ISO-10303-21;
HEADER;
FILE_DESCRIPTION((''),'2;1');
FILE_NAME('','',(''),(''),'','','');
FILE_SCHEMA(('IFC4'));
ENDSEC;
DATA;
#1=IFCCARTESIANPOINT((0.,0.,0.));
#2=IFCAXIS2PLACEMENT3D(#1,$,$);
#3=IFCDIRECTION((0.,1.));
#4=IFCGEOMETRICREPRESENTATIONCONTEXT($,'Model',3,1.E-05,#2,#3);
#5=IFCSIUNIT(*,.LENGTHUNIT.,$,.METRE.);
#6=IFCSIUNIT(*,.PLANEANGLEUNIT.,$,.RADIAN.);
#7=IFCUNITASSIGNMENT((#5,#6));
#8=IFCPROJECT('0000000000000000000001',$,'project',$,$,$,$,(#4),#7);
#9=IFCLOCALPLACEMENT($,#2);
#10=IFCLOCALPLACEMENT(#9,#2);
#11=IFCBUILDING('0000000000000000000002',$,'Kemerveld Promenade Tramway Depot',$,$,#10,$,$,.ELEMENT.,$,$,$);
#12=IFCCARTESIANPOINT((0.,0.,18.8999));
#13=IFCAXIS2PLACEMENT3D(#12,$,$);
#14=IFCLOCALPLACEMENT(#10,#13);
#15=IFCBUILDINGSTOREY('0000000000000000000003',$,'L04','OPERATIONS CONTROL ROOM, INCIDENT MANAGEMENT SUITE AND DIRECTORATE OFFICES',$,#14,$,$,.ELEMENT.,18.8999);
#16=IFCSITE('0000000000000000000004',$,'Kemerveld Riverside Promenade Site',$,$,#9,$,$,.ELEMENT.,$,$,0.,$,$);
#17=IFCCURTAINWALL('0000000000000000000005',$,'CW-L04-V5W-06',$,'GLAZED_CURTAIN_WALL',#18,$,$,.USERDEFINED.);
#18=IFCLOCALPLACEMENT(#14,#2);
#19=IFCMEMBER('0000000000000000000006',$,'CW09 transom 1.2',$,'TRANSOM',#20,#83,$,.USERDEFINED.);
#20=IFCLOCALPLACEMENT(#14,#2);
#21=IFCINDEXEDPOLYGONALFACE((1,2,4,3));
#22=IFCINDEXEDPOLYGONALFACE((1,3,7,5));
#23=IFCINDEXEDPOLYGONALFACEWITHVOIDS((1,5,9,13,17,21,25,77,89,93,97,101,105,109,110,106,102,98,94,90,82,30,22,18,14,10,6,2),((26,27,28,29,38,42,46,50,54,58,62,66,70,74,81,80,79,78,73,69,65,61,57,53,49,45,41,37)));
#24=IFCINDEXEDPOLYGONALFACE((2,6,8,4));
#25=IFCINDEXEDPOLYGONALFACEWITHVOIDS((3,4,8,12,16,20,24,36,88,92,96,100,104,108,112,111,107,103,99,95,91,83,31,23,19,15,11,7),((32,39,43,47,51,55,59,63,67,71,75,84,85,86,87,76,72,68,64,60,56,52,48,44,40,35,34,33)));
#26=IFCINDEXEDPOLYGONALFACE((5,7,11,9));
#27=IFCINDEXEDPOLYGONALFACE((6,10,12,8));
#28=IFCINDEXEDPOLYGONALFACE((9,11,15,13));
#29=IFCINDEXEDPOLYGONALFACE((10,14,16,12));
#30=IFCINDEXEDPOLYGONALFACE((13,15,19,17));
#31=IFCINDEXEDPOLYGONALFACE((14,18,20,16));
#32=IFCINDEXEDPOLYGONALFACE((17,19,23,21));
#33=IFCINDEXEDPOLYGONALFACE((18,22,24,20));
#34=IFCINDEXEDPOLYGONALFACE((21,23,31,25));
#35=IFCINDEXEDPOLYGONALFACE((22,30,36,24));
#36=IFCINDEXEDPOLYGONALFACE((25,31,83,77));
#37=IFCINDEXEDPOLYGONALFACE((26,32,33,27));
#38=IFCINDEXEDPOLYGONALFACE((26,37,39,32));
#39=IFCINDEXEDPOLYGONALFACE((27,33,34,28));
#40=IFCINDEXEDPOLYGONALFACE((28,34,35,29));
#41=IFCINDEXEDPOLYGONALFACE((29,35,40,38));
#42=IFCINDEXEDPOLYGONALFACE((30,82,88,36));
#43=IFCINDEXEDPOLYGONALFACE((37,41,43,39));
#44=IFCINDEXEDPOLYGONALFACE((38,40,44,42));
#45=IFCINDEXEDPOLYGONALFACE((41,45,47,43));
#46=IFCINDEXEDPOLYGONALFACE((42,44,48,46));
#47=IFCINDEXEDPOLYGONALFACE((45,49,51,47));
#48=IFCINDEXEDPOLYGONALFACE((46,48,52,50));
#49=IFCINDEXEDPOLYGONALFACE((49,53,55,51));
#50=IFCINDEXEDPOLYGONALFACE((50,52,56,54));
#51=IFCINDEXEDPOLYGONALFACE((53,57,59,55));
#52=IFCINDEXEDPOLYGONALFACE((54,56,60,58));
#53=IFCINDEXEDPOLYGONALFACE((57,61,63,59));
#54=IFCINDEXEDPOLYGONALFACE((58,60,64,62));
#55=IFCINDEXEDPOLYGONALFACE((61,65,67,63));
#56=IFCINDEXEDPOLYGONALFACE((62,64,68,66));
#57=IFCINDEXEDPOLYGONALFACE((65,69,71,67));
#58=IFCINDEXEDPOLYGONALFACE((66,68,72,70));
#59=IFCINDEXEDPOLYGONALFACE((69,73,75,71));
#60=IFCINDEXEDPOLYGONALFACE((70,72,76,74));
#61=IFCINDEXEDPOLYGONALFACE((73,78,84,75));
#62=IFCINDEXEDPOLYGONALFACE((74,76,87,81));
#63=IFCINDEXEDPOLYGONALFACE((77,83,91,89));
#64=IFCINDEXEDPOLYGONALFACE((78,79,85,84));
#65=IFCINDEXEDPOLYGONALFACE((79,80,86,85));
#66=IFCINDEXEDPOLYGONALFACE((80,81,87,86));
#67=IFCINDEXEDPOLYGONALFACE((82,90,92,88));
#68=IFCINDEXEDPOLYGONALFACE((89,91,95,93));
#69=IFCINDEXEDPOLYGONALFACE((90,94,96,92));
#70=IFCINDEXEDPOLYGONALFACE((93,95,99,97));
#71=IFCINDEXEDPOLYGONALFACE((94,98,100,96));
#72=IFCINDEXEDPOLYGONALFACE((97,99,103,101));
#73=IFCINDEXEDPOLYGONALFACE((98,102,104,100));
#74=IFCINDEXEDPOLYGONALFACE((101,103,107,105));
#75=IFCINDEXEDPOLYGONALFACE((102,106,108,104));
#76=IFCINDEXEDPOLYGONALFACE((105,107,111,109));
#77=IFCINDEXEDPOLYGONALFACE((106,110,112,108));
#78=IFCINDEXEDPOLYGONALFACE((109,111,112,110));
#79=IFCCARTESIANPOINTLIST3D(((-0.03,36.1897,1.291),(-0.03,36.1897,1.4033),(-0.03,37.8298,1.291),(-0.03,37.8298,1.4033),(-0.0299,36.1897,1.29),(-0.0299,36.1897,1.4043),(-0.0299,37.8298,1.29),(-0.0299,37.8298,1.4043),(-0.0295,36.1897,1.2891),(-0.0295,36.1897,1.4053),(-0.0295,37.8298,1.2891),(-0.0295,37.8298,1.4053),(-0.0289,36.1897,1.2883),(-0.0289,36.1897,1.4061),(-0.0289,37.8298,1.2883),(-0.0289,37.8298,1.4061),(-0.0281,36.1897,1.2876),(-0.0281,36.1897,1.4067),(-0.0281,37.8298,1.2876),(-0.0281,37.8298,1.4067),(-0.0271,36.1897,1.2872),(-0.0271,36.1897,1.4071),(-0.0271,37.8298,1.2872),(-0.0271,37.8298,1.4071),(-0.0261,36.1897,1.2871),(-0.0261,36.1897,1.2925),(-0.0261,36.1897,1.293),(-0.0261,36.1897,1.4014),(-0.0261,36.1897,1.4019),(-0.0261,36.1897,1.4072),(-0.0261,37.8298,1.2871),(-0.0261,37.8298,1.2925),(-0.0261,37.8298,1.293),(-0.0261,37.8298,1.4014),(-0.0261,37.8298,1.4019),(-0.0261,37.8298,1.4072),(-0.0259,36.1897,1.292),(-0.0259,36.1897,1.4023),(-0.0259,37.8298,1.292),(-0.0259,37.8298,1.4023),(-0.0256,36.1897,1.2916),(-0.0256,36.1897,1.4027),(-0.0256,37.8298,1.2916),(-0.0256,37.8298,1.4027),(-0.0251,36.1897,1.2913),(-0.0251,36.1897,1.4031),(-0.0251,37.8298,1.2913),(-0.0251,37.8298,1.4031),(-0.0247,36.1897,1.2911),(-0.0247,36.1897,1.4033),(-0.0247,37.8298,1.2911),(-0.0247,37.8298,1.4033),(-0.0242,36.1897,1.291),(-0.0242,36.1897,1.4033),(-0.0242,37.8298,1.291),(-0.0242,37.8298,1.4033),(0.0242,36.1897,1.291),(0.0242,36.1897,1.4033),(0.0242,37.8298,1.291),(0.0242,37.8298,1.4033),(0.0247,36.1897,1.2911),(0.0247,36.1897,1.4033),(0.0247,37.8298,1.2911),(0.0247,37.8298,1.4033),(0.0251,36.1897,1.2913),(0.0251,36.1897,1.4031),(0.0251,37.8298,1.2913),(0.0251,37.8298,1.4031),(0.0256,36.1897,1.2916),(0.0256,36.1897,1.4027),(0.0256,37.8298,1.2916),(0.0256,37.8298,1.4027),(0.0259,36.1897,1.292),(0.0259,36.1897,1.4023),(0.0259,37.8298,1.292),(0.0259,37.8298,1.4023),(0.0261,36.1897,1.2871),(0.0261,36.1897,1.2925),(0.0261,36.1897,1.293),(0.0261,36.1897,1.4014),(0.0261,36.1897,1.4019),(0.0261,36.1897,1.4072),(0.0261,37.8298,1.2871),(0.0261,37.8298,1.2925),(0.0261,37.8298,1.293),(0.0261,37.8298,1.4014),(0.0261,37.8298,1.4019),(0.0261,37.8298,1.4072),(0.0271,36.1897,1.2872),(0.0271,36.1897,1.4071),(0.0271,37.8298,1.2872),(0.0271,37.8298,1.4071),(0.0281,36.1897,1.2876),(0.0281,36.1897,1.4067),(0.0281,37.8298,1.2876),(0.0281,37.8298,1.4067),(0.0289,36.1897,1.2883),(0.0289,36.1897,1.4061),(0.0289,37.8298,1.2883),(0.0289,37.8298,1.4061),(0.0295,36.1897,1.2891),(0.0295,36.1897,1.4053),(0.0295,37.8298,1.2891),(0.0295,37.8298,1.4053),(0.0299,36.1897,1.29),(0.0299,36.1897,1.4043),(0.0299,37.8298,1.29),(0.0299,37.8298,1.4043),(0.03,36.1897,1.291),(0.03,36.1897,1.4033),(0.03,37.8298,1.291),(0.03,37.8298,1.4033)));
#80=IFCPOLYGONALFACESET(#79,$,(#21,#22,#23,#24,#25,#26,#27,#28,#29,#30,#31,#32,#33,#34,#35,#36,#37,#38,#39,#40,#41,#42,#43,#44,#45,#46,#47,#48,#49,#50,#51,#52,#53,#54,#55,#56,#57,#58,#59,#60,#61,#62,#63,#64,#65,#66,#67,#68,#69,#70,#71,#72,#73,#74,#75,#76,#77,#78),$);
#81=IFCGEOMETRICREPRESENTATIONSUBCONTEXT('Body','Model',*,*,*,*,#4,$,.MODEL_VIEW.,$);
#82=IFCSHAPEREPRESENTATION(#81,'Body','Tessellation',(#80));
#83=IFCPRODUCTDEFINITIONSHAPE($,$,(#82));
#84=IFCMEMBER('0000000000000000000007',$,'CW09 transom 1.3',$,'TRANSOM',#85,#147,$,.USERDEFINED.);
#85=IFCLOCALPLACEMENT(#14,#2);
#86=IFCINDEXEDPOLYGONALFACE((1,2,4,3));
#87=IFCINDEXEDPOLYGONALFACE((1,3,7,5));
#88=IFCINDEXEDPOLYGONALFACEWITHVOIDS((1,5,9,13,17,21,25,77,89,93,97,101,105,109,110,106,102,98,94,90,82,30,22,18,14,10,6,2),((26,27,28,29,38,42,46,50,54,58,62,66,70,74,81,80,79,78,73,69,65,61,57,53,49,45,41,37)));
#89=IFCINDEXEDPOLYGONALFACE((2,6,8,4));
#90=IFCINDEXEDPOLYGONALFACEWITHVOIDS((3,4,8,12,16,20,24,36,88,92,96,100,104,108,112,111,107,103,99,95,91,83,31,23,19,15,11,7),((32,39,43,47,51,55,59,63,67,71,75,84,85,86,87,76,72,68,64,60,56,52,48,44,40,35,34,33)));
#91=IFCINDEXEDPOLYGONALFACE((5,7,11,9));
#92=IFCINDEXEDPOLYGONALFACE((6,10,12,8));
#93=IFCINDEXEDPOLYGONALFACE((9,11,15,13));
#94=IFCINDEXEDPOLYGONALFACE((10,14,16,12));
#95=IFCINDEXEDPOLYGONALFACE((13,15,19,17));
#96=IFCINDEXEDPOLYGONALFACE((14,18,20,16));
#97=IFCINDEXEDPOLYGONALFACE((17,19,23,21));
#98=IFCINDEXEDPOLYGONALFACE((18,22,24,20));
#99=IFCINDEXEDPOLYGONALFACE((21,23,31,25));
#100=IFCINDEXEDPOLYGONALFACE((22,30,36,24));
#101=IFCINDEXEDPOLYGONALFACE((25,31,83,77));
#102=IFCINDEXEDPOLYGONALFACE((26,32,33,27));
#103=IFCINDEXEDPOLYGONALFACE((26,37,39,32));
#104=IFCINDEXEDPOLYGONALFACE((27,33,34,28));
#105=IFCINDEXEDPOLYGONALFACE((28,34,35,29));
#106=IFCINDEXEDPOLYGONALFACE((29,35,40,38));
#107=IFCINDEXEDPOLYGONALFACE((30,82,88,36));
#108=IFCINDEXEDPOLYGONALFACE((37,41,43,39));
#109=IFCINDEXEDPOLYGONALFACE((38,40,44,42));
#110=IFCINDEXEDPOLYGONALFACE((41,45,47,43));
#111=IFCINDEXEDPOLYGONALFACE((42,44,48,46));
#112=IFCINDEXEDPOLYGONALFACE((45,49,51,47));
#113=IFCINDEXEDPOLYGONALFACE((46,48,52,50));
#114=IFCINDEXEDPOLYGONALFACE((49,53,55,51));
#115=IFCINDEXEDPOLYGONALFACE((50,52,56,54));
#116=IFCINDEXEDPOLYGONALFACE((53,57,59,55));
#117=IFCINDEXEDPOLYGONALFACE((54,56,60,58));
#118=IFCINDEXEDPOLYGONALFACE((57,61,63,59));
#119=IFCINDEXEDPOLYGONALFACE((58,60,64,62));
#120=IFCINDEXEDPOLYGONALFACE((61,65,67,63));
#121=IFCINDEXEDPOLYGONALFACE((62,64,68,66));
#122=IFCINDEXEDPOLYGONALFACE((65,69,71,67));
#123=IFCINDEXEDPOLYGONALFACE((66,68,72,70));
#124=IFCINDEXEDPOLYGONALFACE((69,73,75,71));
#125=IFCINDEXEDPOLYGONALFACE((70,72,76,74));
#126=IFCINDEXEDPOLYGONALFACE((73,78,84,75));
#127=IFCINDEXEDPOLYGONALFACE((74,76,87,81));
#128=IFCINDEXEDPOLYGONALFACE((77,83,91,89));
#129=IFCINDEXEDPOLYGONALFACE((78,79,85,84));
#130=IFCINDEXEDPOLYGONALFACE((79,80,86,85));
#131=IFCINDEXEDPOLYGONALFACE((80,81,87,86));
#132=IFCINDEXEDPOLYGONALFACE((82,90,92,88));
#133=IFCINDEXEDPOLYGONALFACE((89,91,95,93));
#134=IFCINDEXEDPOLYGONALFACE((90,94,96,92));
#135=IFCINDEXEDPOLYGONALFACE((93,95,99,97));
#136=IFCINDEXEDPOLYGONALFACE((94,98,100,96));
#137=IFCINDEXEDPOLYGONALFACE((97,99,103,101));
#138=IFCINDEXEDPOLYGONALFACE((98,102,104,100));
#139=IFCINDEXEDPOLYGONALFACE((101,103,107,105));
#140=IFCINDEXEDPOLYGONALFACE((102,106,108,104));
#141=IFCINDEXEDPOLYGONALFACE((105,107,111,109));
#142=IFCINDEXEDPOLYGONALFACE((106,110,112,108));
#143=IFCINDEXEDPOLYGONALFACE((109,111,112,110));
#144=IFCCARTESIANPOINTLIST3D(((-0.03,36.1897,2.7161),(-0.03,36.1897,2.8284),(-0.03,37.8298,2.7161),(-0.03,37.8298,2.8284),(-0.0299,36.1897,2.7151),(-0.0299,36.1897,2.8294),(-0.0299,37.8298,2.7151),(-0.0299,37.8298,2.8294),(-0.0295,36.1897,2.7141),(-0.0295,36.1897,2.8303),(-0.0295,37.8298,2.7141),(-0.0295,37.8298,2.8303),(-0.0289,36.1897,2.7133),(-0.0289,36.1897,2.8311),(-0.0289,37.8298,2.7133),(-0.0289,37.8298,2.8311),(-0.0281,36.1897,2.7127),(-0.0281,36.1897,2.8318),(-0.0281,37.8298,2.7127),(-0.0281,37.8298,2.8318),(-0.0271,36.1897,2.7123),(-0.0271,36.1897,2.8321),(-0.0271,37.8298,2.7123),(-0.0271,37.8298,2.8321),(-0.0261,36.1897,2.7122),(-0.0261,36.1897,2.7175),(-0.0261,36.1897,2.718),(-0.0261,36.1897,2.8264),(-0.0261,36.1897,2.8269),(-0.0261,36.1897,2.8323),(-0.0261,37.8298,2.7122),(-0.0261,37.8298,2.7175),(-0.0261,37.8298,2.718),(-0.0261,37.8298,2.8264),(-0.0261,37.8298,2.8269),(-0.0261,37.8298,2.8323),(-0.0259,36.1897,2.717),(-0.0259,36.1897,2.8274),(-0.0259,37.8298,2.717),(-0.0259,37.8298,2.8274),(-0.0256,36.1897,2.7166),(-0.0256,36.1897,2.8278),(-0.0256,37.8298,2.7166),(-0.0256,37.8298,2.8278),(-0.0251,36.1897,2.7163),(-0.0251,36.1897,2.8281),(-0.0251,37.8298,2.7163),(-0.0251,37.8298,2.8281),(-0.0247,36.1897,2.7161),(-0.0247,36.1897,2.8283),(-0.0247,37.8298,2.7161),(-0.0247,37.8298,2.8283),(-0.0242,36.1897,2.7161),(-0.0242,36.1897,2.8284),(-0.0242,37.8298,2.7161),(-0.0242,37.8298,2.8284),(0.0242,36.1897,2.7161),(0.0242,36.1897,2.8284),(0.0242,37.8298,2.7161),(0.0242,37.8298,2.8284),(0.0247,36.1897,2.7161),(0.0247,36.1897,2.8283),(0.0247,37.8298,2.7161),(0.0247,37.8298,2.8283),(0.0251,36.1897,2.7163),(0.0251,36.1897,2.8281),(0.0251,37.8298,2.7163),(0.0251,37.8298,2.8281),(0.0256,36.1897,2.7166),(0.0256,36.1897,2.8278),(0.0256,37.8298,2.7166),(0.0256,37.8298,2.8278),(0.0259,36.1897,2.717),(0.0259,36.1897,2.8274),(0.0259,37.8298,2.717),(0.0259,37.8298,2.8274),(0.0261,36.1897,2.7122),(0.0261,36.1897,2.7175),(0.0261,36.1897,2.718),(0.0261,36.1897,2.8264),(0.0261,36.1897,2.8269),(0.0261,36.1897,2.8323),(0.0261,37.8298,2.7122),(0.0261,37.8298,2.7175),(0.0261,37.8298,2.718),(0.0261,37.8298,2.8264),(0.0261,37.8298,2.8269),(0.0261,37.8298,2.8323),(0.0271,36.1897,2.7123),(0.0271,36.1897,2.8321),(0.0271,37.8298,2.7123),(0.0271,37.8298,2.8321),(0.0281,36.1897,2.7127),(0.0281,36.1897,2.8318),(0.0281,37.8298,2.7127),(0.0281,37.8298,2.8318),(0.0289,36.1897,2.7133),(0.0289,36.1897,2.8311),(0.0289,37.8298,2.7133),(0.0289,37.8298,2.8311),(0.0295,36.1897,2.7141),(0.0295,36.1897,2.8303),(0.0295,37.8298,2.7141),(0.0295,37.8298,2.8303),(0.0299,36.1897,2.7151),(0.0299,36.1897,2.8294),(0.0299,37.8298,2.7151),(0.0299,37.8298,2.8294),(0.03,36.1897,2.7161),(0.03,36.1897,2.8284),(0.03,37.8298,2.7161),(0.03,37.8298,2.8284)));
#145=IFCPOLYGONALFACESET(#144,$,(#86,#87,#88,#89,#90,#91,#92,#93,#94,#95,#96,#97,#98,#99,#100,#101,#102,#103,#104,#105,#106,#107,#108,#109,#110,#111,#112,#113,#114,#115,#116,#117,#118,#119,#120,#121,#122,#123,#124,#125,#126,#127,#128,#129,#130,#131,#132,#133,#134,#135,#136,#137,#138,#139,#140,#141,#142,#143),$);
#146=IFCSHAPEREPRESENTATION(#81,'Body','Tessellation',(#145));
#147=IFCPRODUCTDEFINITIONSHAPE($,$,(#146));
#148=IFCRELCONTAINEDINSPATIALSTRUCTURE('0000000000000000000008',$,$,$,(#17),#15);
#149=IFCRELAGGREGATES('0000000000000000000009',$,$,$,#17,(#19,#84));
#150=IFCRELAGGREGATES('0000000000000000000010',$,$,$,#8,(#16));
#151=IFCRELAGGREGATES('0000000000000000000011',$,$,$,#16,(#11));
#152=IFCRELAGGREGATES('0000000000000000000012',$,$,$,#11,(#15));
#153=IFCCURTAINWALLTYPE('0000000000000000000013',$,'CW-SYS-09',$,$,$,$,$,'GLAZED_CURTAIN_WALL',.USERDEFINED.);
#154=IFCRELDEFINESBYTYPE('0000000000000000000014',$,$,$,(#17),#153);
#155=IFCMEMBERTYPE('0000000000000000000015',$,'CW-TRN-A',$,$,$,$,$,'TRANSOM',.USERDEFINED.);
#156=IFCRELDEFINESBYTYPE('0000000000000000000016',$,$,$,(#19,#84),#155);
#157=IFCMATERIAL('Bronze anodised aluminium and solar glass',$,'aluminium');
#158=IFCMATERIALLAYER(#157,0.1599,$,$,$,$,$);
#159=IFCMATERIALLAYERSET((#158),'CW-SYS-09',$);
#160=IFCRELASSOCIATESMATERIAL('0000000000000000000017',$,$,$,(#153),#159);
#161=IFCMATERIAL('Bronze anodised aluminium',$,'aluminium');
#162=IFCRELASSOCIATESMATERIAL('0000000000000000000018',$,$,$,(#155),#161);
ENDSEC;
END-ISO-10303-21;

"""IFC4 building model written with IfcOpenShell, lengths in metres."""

from ifc_helpers import new_model, si_unit, direction, frame, origin, origin_2d, place, context, subcontext, project, spatial, hollow_rectangle, extrude, material, layer, layer_set, material_profile, profile_set, type_object, element, aggregate, save


model = new_model("IFC4")

# Units and contexts
model_context = context("Model", 3, precision=1e-05, world=origin(), true_north=direction((0.0, 1.0)))
body_context = subcontext(model_context, "Body", "Model", "MODEL_VIEW")
ifc_project = project(units=[si_unit("LENGTHUNIT", "METRE"), si_unit("PLANEANGLEUNIT", "RADIAN")], contexts=[model_context])

# Site, building, storey
site_placement = place(None, origin())
site = spatial("IfcSite", under=ifc_project, at=site_placement, Name="Kemerveld Riverside Promenade Site", CompositionType="ELEMENT", RefElevation=0.0)
building_placement = place(site_placement, origin())
building = spatial("IfcBuilding", under=site, at=building_placement, Name="Kemerveld Promenade Tramway Depot", CompositionType="ELEMENT")
storey_placement = place(building_placement, frame((0.0, 0.0, 18.8999)))
storey = spatial("IfcBuildingStorey", under=building, at=storey_placement, Name="L04", Description="OPERATIONS CONTROL ROOM, INCIDENT MANAGEMENT SUITE AND DIRECTORATE OFFICES", CompositionType="ELEMENT", Elevation=18.8999)

# Curtain wall, members
ifc_material_1 = material(Name="Bronze anodised aluminium and solar glass", Category="aluminium")
ifc_layer_1 = layer(ifc_material_1, 0.1599)
ifc_layer_set_1 = layer_set([ifc_layer_1], Name="CW-SYS-09")
curtain_wall_type = type_object("IfcCurtainWallType", Name="CW-SYS-09", ElementType="GLAZED_CURTAIN_WALL", PredefinedType="USERDEFINED", material=ifc_layer_set_1)
curtain_wall_placement = place(storey_placement, origin())
curtain_wall = element("IfcCurtainWall", 1, at=curtain_wall_placement, inside=storey, type_object=curtain_wall_type, Name="CW-L04-V5W-06", ObjectType="GLAZED_CURTAIN_WALL", PredefinedType="USERDEFINED")
ifc_material_2 = material(Name="Bronze anodised aluminium", Category="aluminium")
ifc_material_profile_1 = material_profile(ifc_material_2, hollow_rectangle(XDim=0.0601, YDim=0.1201, WallThickness=0.0039, InnerFilletRadius=0.002, OuterFilletRadius=0.0039, at=origin_2d()), Name="CW-TRN-120x60")
ifc_profile_set_1 = profile_set([ifc_material_profile_1], Name="Bronze anodised aluminium")
member_type_1 = type_object("IfcMemberType", Name="CW-TRN-A", ElementType="TRANSOM", PredefinedType="USERDEFINED", material=ifc_profile_set_1)
member_1_placement = place(storey_placement, frame((0.0, 36.1897, 1.3472), z_axis=(0.0, 1.0, 0.0), x_axis=(-1.0, 0.0, 0.0)))
member_1 = element("IfcMember", 2, at=member_1_placement, type_object=member_type_1, Name="CW09 transom 1.2", ObjectType="TRANSOM", PredefinedType="USERDEFINED", context=body_context, shape_type="SweptSolid", body=[
    extrude(hollow_rectangle(XDim=0.0601, YDim=0.1201, WallThickness=0.0039, InnerFilletRadius=0.002, OuterFilletRadius=0.0039, at=origin_2d()), origin(), (0.0, 0.0, 1.0), 1.6401),
])
member_2_placement = place(storey_placement, frame((0.0, 36.1897, 2.7722), z_axis=(0.0, 1.0, 0.0), x_axis=(-1.0, 0.0, 0.0)))
member_2 = element("IfcMember", 3, at=member_2_placement, type_object=member_type_1, Name="CW09 transom 1.3", ObjectType="TRANSOM", PredefinedType="USERDEFINED", context=body_context, shape_type="SweptSolid", body=[
    extrude(hollow_rectangle(XDim=0.0601, YDim=0.1201, WallThickness=0.0039, InnerFilletRadius=0.002, OuterFilletRadius=0.0039, at=origin_2d()), origin(), (0.0, 0.0, 1.0), 1.6401),
])
aggregate(curtain_wall, [member_1, member_2])

save(model, "model.ifc")
